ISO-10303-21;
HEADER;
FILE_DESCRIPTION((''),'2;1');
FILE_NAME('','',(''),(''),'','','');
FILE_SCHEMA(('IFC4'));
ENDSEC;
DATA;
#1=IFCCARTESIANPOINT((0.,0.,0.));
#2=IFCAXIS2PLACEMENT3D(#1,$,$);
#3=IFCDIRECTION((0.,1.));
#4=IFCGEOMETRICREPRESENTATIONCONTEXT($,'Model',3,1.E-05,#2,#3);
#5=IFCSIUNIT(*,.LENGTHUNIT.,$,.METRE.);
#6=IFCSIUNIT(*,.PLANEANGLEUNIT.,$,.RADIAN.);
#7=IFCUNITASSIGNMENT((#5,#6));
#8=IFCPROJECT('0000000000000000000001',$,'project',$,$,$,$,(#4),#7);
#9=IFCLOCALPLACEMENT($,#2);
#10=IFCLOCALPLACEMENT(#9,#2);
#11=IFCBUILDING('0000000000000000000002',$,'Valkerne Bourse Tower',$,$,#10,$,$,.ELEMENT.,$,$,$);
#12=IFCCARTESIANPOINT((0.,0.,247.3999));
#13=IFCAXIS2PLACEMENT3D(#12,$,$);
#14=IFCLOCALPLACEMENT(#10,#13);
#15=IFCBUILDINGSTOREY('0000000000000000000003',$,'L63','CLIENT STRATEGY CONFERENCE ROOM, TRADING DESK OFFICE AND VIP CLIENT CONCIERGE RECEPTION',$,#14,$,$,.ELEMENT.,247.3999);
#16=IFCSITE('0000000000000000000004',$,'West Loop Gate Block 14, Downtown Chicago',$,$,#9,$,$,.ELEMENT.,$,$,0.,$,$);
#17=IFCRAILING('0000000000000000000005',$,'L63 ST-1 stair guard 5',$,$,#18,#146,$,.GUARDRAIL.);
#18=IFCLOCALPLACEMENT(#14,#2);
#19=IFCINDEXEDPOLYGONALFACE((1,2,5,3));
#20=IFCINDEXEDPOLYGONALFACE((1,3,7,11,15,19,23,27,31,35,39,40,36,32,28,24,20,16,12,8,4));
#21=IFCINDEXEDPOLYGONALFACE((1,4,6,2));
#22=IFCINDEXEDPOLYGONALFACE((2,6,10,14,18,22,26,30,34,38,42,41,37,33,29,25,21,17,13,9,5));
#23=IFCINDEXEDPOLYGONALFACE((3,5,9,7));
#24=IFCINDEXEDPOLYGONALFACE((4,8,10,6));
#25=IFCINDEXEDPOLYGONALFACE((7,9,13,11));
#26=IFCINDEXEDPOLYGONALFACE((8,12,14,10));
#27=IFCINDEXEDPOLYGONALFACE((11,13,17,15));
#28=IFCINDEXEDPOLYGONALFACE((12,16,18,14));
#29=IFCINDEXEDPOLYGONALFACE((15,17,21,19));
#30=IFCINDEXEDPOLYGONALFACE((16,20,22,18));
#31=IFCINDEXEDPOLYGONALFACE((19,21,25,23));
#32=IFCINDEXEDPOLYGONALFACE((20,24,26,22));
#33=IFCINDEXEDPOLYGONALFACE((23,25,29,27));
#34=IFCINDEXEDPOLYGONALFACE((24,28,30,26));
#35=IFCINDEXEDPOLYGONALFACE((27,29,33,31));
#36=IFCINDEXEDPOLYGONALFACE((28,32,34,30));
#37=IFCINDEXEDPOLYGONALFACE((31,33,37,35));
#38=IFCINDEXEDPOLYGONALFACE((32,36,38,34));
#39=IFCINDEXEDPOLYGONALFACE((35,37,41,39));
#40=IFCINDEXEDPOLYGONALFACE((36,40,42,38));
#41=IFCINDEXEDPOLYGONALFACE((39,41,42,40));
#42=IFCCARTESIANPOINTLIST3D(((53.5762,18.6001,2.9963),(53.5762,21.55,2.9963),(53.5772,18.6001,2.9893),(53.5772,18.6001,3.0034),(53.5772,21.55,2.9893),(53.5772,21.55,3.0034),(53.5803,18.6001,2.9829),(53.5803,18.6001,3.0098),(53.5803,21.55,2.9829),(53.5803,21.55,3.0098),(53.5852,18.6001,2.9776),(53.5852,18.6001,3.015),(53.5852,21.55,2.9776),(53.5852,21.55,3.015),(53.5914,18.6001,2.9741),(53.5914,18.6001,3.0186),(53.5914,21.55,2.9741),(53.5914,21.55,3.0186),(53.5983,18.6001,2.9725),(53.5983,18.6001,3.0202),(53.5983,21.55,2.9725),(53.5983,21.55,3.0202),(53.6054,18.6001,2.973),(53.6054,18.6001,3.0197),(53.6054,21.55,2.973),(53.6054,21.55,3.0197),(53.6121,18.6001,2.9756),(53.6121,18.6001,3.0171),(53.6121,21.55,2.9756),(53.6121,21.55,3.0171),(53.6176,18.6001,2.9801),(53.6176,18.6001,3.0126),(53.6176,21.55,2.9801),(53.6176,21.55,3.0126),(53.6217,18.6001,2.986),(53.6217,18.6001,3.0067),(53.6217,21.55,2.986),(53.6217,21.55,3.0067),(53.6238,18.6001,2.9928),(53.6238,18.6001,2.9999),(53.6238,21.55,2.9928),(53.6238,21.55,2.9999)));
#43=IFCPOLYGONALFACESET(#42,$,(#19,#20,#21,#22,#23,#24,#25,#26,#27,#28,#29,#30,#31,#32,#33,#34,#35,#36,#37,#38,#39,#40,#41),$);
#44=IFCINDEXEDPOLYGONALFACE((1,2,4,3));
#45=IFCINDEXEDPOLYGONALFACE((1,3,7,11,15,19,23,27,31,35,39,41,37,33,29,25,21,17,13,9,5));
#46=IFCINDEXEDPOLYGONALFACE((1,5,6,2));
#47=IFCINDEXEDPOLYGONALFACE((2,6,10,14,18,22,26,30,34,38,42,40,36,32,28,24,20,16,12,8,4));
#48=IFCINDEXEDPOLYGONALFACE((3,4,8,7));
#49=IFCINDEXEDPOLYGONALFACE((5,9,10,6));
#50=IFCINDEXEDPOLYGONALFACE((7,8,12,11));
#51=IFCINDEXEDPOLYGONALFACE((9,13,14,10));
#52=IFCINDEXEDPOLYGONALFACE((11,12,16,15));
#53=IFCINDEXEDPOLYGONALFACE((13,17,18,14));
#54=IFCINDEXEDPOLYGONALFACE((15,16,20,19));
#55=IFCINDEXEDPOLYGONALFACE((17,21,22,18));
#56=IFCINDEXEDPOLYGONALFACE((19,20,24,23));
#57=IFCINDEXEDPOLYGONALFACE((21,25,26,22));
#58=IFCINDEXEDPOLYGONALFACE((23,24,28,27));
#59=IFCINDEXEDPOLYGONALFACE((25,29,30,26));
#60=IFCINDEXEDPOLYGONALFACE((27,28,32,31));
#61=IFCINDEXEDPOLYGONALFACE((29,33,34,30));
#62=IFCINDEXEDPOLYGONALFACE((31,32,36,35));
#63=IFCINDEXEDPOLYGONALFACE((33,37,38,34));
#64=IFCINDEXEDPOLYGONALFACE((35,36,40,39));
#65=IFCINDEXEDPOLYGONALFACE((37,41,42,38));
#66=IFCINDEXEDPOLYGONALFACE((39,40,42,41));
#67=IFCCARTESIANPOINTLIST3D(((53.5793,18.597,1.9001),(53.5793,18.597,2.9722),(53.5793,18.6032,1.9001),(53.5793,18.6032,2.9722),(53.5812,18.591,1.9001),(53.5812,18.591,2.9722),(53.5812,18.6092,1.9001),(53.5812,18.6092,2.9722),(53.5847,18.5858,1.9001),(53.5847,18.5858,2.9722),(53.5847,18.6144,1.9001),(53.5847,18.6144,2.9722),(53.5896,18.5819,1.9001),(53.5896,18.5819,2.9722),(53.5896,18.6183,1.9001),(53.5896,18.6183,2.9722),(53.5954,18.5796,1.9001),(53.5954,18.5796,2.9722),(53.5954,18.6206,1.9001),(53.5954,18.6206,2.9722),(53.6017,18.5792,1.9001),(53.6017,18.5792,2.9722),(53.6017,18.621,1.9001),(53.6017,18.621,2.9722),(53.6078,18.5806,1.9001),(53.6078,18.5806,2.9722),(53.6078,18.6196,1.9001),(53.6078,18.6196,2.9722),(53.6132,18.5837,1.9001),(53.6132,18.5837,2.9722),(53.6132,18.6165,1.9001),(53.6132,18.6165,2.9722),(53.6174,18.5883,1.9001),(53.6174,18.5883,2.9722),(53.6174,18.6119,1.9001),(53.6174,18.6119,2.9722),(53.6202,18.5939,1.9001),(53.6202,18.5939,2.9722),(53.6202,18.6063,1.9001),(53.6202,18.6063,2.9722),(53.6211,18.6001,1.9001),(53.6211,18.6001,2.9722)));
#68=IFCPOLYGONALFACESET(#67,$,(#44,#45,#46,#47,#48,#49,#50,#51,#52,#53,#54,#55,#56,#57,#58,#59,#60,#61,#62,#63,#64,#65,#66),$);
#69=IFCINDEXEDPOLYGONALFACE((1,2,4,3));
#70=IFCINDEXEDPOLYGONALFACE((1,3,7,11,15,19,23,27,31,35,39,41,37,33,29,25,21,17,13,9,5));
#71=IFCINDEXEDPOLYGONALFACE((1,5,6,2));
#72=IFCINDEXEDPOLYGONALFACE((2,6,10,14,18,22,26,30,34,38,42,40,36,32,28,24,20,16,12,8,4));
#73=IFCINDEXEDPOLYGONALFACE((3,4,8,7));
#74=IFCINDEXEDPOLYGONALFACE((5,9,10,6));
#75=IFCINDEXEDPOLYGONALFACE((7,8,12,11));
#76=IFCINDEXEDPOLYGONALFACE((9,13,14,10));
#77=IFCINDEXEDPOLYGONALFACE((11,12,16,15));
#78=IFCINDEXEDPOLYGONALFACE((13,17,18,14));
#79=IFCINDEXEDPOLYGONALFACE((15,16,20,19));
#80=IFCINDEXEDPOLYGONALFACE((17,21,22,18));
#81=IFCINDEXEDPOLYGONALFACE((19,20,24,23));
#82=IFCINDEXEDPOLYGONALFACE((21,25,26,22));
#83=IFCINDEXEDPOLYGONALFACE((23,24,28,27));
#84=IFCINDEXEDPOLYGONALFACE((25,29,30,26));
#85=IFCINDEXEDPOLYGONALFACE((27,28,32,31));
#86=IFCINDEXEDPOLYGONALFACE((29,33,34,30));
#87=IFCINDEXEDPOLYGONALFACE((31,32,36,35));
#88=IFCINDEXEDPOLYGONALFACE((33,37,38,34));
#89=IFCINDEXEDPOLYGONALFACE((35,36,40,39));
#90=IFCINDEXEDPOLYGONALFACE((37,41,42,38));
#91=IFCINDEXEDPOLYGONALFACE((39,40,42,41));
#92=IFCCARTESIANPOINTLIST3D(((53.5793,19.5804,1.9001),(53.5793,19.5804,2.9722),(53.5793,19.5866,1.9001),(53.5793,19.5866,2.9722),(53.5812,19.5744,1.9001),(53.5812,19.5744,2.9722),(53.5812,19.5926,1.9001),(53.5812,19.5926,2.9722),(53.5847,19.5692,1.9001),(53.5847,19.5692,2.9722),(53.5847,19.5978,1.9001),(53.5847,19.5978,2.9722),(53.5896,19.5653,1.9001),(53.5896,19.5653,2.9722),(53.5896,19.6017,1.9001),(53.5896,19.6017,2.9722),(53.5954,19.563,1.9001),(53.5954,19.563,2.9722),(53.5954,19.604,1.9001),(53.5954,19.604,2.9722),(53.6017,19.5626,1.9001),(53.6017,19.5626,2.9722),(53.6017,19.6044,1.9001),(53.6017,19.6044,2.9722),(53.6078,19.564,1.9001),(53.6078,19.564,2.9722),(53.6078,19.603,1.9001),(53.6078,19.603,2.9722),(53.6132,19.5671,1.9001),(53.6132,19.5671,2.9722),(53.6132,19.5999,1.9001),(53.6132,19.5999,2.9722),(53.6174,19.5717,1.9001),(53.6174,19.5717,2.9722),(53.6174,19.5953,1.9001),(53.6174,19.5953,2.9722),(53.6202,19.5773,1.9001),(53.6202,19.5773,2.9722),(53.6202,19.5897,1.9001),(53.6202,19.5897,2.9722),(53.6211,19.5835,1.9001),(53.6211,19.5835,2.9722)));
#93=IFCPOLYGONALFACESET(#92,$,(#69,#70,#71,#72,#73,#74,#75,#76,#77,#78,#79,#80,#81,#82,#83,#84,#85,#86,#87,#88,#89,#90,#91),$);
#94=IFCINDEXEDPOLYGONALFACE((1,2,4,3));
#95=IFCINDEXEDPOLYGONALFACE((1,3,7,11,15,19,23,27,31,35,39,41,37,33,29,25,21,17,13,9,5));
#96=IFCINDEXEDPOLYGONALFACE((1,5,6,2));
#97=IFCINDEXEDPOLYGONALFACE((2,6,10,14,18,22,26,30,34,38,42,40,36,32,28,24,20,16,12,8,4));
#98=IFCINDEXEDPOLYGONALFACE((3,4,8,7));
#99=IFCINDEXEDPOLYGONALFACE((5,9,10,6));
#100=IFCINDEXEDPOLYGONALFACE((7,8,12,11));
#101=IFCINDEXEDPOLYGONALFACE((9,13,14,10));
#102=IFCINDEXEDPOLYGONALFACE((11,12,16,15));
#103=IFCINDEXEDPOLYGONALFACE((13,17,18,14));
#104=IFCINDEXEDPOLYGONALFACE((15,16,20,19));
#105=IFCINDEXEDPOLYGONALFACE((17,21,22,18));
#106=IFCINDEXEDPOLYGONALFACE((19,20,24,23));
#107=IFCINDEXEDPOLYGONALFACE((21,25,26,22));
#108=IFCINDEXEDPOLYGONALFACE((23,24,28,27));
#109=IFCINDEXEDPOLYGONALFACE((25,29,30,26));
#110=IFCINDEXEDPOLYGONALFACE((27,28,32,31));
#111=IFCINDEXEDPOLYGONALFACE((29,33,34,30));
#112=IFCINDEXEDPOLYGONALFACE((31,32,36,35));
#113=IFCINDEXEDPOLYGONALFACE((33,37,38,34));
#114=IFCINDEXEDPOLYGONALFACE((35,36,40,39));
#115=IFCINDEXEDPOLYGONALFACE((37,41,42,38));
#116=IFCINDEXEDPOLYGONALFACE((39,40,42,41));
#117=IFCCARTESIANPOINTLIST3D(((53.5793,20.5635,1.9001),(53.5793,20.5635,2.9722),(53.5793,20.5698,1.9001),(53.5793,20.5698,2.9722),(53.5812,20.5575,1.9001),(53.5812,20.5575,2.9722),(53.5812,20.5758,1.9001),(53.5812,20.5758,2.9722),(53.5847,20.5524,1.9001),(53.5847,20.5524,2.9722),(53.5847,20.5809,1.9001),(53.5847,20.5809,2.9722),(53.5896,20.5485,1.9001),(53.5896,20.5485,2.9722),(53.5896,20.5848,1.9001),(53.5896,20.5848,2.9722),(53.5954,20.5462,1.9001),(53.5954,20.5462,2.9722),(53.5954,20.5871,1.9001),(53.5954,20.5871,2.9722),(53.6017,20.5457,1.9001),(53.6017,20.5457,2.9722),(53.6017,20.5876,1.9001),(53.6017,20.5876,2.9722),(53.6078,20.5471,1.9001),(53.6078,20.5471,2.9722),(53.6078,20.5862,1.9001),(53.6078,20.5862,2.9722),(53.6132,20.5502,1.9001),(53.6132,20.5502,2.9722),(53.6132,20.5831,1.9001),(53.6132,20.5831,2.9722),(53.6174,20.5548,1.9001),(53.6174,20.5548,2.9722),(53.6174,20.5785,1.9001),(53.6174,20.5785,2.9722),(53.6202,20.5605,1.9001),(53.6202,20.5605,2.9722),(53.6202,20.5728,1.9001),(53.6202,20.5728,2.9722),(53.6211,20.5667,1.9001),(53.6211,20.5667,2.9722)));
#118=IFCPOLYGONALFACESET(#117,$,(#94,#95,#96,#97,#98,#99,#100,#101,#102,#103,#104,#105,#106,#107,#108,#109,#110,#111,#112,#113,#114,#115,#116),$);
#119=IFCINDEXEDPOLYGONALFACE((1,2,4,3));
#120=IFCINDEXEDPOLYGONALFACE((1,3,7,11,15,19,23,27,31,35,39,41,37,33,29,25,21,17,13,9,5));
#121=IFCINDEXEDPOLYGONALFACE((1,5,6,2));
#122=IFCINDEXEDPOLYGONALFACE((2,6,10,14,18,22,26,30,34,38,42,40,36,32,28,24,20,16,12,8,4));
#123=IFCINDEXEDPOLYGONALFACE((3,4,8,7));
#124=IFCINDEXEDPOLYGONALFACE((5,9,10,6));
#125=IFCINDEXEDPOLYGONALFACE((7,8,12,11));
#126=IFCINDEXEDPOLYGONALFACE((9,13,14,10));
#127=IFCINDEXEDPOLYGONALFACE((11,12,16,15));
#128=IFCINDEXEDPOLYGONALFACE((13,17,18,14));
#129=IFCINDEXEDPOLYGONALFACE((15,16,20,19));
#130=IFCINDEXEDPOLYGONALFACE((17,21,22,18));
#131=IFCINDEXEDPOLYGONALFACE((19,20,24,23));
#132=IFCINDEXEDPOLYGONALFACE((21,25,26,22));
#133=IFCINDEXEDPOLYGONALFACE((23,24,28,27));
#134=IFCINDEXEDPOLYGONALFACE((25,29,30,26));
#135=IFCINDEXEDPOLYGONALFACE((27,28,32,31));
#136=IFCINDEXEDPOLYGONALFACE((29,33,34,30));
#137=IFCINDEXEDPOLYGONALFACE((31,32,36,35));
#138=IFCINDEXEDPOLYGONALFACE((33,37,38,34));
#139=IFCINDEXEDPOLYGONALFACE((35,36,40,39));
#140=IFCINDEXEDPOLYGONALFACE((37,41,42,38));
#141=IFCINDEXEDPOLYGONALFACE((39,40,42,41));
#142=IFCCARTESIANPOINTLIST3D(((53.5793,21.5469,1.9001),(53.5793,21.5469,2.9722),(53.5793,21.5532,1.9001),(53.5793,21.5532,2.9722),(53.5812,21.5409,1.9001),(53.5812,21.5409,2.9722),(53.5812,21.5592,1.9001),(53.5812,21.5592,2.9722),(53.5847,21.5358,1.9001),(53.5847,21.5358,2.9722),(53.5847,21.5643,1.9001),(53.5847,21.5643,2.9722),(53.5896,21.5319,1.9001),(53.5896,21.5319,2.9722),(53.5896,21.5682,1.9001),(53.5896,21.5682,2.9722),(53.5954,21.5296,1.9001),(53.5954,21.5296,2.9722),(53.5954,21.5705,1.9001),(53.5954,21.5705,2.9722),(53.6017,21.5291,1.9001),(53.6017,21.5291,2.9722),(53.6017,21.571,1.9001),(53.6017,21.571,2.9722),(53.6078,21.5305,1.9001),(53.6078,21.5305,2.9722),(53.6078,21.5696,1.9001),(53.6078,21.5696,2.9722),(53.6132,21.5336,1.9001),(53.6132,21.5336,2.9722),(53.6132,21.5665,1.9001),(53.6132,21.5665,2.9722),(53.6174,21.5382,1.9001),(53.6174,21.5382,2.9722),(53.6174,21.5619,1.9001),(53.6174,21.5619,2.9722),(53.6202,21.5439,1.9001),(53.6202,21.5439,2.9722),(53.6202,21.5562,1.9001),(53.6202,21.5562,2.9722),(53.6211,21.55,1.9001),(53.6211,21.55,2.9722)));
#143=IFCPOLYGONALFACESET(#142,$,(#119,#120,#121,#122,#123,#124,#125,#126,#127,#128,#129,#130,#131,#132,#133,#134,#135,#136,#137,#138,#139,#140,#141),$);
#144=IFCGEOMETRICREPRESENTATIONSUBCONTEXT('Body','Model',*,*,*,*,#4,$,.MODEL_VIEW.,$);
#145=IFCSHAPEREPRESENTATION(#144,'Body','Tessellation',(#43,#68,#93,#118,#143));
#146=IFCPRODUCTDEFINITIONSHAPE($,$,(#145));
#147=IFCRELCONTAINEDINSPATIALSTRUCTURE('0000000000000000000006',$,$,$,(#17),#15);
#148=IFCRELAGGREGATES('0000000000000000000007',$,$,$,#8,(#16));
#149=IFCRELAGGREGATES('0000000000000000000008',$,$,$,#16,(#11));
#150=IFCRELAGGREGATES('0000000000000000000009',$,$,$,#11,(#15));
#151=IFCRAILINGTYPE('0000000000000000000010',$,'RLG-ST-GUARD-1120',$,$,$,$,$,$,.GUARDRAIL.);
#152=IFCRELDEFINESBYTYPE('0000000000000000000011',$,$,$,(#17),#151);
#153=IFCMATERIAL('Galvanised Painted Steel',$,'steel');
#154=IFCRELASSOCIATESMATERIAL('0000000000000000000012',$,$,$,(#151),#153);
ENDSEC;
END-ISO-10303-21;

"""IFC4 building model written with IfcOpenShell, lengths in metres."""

from ifc_helpers import new_model, si_unit, direction, frame, origin, origin_2d, place, context, subcontext, project, spatial, circle, extrude, material, type_object, element, save


model = new_model("IFC4")

# Units and contexts
model_context = context("Model", 3, precision=1e-05, world=origin(), true_north=direction((0.0, 1.0)))
body_context = subcontext(model_context, "Body", "Model", "MODEL_VIEW")
ifc_project = project(units=[si_unit("LENGTHUNIT", "METRE"), si_unit("PLANEANGLEUNIT", "RADIAN")], contexts=[model_context])

# Site, building, storey
site_placement = place(None, origin())
site = spatial("IfcSite", under=ifc_project, at=site_placement, Name="West Loop Gate Block 14, Downtown Chicago", CompositionType="ELEMENT", RefElevation=0.0)
building_placement = place(site_placement, origin())
building = spatial("IfcBuilding", under=site, at=building_placement, Name="Valkerne Bourse Tower", CompositionType="ELEMENT")
storey_placement = place(building_placement, frame((0.0, 0.0, 247.3999)))
storey = spatial("IfcBuildingStorey", under=building, at=storey_placement, Name="L63", Description="CLIENT STRATEGY CONFERENCE ROOM, TRADING DESK OFFICE AND VIP CLIENT CONCIERGE RECEPTION", CompositionType="ELEMENT", Elevation=247.3999)

# Railing
ifc_material_1 = material(Name="Galvanised Painted Steel", Category="steel")
railing_type = type_object("IfcRailingType", Name="RLG-ST-GUARD-1120", PredefinedType="GUARDRAIL", material=ifc_material_1)
railing_1_placement = place(storey_placement, frame((53.6001, 18.6001, 1.9001)))
element("IfcRailing", 1, at=railing_1_placement, inside=storey, type_object=railing_type, Name="L63 ST-1 stair guard 5", PredefinedType="GUARDRAIL", context=body_context, shape_type="SweptSolid", body=[
    extrude(circle(Radius=0.0239, at=origin_2d()), frame((0.0, 0.0, 1.0962), z_axis=(0.0, 1.0, 0.0), x_axis=(-1.0, 0.0, 0.0)), (0.0, 0.0, 1.0), 2.95),
    extrude(circle(Radius=0.021, at=origin_2d()), origin(), (0.0, 0.0, 1.0), 1.072),
    extrude(circle(Radius=0.021, at=origin_2d()), frame((0.0, 0.9834, 0.0)), (0.0, 0.0, 1.0), 1.072),
    extrude(circle(Radius=0.021, at=origin_2d()), frame((0.0, 1.9666, 0.0)), (0.0, 0.0, 1.0), 1.072),
    extrude(circle(Radius=0.021, at=origin_2d()), frame((0.0, 2.95, 0.0)), (0.0, 0.0, 1.0), 1.072),
])

save(model, "model.ifc")
